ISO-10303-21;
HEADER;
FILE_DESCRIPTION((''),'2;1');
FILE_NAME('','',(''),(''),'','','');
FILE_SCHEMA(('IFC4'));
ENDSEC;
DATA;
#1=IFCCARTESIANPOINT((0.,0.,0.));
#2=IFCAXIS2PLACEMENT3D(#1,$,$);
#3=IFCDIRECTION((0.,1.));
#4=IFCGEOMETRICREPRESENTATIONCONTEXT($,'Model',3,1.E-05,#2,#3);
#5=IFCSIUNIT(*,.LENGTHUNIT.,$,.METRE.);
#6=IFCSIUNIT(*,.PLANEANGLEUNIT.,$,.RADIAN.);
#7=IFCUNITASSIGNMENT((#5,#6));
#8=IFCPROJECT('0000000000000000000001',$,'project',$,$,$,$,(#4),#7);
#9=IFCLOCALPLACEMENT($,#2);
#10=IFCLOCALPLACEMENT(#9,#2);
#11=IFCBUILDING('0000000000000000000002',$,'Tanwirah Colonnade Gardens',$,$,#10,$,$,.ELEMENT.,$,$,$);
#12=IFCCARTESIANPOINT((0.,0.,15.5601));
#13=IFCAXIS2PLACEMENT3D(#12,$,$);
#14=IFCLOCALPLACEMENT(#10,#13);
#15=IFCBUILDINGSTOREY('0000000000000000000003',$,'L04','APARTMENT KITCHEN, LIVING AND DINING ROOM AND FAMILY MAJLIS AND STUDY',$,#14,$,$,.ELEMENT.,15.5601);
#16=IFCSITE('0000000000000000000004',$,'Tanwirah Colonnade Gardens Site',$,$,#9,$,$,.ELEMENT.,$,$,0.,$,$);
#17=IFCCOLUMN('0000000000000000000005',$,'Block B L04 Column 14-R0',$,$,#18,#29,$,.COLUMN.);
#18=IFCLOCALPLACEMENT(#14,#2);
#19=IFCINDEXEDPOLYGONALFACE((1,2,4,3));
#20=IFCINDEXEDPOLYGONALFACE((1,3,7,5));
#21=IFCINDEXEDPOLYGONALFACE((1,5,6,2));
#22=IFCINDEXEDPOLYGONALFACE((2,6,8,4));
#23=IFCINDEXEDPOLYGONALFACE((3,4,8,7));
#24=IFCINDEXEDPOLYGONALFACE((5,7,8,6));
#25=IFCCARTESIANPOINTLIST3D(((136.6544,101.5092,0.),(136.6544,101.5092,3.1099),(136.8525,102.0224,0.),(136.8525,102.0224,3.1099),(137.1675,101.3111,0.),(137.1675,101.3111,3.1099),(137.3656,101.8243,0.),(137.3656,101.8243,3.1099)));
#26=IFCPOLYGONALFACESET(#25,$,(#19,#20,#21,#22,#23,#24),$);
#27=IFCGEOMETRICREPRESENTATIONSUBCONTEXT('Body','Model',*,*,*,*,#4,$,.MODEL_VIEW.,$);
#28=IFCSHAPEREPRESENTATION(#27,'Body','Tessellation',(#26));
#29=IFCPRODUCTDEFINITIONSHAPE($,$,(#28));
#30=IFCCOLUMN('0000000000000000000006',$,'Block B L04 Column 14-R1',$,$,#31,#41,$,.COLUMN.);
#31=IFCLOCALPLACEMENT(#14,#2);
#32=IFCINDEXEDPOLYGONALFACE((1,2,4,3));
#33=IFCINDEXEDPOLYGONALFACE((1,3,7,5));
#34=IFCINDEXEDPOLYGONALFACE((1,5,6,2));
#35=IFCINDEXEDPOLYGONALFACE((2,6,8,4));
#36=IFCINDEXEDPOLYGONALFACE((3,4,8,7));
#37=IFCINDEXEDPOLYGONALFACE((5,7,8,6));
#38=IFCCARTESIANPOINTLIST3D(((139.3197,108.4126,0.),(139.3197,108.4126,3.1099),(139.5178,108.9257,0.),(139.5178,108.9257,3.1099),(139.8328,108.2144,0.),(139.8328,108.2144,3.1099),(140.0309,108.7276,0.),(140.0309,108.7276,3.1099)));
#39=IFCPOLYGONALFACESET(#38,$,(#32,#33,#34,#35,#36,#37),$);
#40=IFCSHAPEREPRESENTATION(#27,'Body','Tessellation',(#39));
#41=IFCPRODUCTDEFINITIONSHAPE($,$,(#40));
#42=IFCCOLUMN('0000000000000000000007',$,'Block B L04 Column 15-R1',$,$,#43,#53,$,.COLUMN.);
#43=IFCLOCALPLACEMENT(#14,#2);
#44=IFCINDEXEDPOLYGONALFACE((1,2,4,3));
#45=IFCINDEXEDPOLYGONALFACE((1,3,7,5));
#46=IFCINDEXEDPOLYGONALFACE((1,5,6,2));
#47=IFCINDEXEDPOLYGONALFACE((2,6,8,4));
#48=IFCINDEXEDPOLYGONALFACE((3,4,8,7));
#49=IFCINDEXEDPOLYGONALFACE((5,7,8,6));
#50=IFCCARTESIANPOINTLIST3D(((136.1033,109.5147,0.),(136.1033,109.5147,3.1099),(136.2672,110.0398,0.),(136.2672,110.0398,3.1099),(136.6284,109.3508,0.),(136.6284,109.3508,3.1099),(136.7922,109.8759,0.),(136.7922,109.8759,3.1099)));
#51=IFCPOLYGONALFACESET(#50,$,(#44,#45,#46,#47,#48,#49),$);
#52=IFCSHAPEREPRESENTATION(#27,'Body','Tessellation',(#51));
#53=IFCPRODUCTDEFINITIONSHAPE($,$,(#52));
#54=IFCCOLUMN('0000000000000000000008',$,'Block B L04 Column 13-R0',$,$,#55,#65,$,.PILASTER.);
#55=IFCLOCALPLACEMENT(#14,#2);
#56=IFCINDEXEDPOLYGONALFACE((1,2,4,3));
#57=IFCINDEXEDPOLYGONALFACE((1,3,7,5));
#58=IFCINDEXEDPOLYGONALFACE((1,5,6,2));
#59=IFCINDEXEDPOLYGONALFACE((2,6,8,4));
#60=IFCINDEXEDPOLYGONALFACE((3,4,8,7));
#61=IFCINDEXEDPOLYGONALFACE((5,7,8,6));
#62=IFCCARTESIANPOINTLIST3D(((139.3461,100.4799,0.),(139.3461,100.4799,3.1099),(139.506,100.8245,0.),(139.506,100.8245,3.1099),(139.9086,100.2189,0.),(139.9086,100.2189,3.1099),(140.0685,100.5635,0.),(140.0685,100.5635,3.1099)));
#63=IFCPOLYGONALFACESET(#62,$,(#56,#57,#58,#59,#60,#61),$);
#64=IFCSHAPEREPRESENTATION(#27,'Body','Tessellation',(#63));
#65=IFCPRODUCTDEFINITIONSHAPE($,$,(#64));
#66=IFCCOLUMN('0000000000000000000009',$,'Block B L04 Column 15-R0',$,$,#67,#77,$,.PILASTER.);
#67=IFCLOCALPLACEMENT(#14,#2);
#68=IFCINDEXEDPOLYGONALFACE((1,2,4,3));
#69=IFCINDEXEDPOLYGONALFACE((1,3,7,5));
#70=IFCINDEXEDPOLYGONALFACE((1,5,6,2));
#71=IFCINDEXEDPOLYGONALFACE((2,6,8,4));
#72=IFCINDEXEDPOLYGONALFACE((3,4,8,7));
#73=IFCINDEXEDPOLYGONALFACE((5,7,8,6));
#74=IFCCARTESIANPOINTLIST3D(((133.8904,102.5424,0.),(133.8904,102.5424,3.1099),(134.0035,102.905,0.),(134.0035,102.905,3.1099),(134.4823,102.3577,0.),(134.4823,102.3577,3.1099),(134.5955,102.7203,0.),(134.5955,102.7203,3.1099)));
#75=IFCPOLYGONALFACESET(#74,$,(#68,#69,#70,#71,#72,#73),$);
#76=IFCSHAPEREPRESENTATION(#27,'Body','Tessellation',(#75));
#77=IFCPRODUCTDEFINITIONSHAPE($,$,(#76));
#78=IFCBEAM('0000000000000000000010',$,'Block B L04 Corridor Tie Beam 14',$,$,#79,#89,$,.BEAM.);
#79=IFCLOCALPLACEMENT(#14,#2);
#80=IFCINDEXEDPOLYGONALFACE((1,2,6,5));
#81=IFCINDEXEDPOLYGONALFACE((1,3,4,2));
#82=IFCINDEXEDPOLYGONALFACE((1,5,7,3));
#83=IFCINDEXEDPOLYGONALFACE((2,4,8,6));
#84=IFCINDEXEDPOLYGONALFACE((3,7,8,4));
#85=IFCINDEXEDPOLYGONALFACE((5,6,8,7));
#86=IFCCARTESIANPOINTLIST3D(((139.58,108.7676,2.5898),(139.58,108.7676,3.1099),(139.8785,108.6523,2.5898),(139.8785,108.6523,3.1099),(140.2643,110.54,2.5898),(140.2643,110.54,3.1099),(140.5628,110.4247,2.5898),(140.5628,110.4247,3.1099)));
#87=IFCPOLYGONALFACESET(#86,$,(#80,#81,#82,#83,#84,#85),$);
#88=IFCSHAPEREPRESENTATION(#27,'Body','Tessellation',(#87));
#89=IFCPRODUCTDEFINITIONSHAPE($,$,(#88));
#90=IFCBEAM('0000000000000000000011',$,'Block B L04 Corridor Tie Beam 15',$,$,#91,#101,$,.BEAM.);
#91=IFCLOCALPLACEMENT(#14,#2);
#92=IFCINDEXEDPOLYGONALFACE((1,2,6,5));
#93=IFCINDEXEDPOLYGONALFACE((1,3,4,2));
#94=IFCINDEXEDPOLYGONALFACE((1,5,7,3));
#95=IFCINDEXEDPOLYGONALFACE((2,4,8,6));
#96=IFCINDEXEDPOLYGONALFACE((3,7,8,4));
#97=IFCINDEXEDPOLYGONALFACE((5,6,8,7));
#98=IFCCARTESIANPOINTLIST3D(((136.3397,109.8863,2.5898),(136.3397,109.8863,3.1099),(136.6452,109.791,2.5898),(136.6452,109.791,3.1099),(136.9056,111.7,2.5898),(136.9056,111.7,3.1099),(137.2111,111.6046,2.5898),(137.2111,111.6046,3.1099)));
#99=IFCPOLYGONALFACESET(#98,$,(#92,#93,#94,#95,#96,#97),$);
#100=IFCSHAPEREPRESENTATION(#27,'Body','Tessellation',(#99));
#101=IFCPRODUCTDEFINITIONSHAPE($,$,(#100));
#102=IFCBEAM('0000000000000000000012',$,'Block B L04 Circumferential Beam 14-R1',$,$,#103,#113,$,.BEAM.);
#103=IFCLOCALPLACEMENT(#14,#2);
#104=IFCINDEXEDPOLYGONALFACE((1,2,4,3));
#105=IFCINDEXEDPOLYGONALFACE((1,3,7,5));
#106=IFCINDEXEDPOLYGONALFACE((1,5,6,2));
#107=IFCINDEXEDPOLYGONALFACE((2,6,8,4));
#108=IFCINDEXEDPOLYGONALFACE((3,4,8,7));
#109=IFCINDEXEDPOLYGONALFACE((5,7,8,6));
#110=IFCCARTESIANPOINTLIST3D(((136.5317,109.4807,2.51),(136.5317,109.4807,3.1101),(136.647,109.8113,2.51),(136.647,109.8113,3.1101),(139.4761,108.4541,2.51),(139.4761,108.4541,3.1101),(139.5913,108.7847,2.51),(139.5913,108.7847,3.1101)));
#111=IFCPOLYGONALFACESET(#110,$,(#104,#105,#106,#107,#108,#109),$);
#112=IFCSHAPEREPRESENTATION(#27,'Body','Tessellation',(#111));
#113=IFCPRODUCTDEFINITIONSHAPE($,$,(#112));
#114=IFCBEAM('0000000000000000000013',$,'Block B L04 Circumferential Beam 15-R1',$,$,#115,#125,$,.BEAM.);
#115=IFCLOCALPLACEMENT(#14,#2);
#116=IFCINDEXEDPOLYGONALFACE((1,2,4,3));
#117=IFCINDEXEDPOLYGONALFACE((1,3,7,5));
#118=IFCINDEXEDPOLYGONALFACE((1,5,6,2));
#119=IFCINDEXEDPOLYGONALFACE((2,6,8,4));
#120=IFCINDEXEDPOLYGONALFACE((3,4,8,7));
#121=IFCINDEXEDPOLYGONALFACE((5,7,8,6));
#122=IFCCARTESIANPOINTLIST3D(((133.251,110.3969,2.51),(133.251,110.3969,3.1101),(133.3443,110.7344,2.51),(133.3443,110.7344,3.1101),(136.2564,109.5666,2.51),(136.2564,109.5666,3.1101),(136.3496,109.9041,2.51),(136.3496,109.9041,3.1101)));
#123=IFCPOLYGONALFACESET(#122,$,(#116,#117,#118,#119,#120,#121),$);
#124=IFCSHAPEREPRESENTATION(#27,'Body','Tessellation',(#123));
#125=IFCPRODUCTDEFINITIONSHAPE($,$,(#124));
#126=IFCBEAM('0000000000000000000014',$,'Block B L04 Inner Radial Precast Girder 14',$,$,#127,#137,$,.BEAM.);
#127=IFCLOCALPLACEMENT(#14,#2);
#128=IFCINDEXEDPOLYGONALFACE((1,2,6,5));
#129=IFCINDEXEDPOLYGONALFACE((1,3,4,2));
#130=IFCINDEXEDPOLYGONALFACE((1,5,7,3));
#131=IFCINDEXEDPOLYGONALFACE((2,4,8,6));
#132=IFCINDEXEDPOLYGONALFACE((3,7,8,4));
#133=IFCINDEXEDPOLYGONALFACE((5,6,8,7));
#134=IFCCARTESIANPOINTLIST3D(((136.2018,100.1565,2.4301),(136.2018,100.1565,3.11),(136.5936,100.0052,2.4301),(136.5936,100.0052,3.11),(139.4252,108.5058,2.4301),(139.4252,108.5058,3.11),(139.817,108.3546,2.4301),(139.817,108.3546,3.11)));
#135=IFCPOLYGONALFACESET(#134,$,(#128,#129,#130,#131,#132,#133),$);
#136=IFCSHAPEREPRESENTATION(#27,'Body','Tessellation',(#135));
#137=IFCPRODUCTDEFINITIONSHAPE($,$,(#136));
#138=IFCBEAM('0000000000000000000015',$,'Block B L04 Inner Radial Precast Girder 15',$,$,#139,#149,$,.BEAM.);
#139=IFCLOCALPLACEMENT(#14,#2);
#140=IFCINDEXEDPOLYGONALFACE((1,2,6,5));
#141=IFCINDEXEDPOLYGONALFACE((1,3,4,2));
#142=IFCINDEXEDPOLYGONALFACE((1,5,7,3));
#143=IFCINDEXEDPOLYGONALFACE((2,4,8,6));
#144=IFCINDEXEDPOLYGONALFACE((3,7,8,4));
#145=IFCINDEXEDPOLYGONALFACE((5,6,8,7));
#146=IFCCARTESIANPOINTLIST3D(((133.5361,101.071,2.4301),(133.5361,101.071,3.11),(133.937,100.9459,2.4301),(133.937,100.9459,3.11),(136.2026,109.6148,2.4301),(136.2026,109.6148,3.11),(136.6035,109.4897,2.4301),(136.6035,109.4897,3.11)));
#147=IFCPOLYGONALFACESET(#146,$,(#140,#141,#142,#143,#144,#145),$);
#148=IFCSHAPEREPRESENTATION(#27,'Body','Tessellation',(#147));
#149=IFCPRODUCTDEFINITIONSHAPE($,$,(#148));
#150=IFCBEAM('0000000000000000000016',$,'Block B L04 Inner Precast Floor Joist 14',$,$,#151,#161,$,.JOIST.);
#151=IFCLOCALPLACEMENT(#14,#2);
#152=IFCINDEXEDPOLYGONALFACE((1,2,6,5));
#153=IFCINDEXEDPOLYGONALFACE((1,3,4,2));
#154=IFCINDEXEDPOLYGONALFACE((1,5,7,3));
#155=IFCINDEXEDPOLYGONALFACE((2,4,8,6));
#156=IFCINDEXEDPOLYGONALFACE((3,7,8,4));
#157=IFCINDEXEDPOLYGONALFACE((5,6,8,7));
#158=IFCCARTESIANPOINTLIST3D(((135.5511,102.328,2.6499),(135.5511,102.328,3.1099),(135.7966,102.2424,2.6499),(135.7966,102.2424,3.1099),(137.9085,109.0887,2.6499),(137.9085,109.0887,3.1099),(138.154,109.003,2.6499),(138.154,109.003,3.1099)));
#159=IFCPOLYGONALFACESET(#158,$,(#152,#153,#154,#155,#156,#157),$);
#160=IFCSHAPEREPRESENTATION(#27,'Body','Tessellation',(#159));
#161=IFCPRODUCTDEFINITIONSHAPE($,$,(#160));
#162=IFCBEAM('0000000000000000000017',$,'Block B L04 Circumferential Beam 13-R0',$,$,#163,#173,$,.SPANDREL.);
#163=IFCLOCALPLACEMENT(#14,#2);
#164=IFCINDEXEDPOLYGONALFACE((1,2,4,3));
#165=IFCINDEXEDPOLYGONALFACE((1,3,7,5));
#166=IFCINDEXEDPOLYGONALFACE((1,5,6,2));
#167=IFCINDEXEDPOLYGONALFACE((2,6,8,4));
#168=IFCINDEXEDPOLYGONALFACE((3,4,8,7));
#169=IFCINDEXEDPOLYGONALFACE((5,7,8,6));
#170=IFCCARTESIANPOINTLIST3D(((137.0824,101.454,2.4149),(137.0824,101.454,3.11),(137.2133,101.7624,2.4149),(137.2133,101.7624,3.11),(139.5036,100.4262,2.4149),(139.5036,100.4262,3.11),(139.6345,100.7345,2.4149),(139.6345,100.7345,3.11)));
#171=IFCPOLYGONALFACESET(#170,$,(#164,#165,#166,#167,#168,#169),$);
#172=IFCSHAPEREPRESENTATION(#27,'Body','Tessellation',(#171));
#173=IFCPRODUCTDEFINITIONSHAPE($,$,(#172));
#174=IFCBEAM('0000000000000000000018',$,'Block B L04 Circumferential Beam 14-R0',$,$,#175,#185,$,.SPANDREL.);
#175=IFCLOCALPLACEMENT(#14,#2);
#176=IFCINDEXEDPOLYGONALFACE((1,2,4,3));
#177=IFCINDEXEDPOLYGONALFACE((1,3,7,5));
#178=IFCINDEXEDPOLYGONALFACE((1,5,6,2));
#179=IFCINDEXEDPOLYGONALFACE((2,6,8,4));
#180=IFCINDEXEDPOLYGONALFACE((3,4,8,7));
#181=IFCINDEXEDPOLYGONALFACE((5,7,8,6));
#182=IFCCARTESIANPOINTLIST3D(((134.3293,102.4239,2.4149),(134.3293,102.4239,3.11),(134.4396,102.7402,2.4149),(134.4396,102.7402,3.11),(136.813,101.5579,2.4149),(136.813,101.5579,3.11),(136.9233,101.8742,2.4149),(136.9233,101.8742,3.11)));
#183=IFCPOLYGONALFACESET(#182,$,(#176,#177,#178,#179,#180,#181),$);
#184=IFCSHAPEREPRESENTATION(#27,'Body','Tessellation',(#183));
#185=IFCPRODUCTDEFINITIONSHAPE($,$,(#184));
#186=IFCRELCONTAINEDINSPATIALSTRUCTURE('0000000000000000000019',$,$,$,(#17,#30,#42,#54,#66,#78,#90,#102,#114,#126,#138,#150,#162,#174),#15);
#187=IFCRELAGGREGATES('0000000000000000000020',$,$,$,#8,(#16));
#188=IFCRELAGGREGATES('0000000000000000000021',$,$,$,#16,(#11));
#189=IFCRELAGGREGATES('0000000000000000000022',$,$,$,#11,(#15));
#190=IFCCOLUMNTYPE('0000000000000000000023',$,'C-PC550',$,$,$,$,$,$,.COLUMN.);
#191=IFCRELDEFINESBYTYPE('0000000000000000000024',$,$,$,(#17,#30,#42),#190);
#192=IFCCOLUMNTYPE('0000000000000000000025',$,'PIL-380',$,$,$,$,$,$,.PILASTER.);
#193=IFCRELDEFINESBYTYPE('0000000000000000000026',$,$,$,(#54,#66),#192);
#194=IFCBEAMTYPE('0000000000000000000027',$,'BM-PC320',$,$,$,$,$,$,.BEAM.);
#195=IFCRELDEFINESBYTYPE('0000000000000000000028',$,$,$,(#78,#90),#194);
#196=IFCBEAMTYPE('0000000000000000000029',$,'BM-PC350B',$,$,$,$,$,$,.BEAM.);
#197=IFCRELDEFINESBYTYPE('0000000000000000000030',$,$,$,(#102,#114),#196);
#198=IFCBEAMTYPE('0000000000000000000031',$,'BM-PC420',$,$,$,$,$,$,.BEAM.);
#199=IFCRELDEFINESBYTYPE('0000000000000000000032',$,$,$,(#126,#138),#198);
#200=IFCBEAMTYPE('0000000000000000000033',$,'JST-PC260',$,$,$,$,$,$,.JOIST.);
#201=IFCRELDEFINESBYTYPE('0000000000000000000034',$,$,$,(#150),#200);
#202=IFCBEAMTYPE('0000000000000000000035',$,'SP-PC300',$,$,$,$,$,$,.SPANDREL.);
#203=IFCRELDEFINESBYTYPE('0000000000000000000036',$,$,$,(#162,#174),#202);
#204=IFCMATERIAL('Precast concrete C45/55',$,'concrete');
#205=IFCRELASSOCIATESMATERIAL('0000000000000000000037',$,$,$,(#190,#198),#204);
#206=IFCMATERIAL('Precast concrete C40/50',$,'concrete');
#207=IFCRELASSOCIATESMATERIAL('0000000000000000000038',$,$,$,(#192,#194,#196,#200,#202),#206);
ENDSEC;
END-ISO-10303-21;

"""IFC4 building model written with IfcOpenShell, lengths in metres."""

from ifc_helpers import new_model, si_unit, direction, frame, origin, origin_2d, place, context, subcontext, project, spatial, rectangle, extrude, material, material_profile, profile_set, type_object, element, save


model = new_model("IFC4")

# Units and contexts
model_context = context("Model", 3, precision=1e-05, world=origin(), true_north=direction((0.0, 1.0)))
body_context = subcontext(model_context, "Body", "Model", "MODEL_VIEW")
ifc_project = project(units=[si_unit("LENGTHUNIT", "METRE"), si_unit("PLANEANGLEUNIT", "RADIAN")], contexts=[model_context])

# Site, building, storey
site_placement = place(None, origin())
site = spatial("IfcSite", under=ifc_project, at=site_placement, Name="Tanwirah Colonnade Gardens Site", CompositionType="ELEMENT", RefElevation=0.0)
building_placement = place(site_placement, origin())
building = spatial("IfcBuilding", under=site, at=building_placement, Name="Tanwirah Colonnade Gardens", CompositionType="ELEMENT")
storey_placement = place(building_placement, frame((0.0, 0.0, 15.5601)))
storey = spatial("IfcBuildingStorey", under=building, at=storey_placement, Name="L04", Description="APARTMENT KITCHEN, LIVING AND DINING ROOM AND FAMILY MAJLIS AND STUDY", CompositionType="ELEMENT", Elevation=15.5601)

# Columns
ifc_material_1 = material(Name="Precast concrete C45/55", Category="concrete")
ifc_material_profile_1 = material_profile(ifc_material_1, rectangle(XDim=0.55, YDim=0.55, at=origin_2d()), Name="PC-COL 550x550")
ifc_profile_set_1 = profile_set([ifc_material_profile_1], Name="Precast concrete C45/55")
column_type_1 = type_object("IfcColumnType", Name="C-PC550", PredefinedType="COLUMN", material=ifc_profile_set_1)
for number, where, z_axis, x_axis, name in (
    (1, (137.01, 101.6667, 0.0), (0.0, 0.0, 1.0), (0.360178, 0.932884, 0.0), "Block B L04 Column 14-R0"),
    (2, (139.6753, 108.5701, 0.0), (0.0, 0.0, 1.0), (0.360178, 0.932884, 0.0), "Block B L04 Column 14-R1"),
    (3, (136.4478, 109.6953, 0.0), (0.0, 0.0, 1.0), (0.29793, 0.954588, 0.0), "Block B L04 Column 15-R1"),
):
    element("IfcColumn", number, at=place(storey_placement, frame(where, z_axis=z_axis, x_axis=x_axis)), inside=storey, type_object=column_type_1, Name=name, PredefinedType="COLUMN", context=body_context, shape_type="SweptSolid", body=[
        extrude(rectangle(XDim=0.55, YDim=0.55, at=origin_2d()), origin(), (0.0, 0.0, 1.0), 3.1099),
    ])
ifc_material_2 = material(Name="Precast concrete C40/50", Category="concrete")
ifc_material_profile_2 = material_profile(ifc_material_2, rectangle(XDim=0.3799, YDim=0.6201, at=origin_2d()), Name="PC-PIL 380x620")
ifc_profile_set_2 = profile_set([ifc_material_profile_2], Name="Precast concrete C40/50")
column_type_2 = type_object("IfcColumnType", Name="PIL-380", PredefinedType="PILASTER", material=ifc_profile_set_2)
for number, where, z_axis, x_axis, name in (
    (4, (139.7073, 100.5217, 0.0), (0.0, 0.0, 1.0), (0.42086, 0.907126, 0.0), "Block B L04 Column 13-R0"),
    (5, (134.2429, 102.6313, 0.0), (0.0, 0.0, 1.0), (0.29793, 0.954588, 0.0), "Block B L04 Column 15-R0"),
):
    element("IfcColumn", number, at=place(storey_placement, frame(where, z_axis=z_axis, x_axis=x_axis)), inside=storey, type_object=column_type_2, Name=name, PredefinedType="PILASTER", context=body_context, shape_type="SweptSolid", body=[
        extrude(rectangle(XDim=0.3799, YDim=0.6201, at=origin_2d()), origin(), (0.0, 0.0, 1.0), 3.1099),
    ])

# Beams
ifc_material_profile_3 = material_profile(ifc_material_2, rectangle(XDim=0.3201, YDim=0.52, at=origin_2d()), Name="PC-BM 320x520")
ifc_profile_set_3 = profile_set([ifc_material_profile_3], Name="Precast concrete C40/50")
beam_type_1 = type_object("IfcBeamType", Name="BM-PC320", PredefinedType="BEAM", material=ifc_profile_set_3)
for number, where, z_axis, x_axis, name in (
    (6, (139.7292, 108.71, 2.8499), (0.360176, 0.932885, 0.0), (-0.932885, 0.360176, 0.0), "Block B L04 Corridor Tie Beam 14"),
    (7, (136.4924, 109.8386, 2.8499), (0.297858, 0.95461, 0.0), (-0.95461, 0.297858, 0.0), "Block B L04 Corridor Tie Beam 15"),
):
    element("IfcBeam", number, at=place(storey_placement, frame(where, z_axis=z_axis, x_axis=x_axis)), inside=storey, type_object=beam_type_1, Name=name, PredefinedType="BEAM", context=body_context, shape_type="SweptSolid", body=[
        extrude(rectangle(XDim=0.3201, YDim=0.52, at=origin_2d()), origin(), (0.0, 0.0, 1.0), 1.8999),
    ])
ifc_material_profile_4 = material_profile(ifc_material_2, rectangle(XDim=0.3501, YDim=0.6001, at=origin_2d()), Name="PC-BM 350x600")
ifc_profile_set_4 = profile_set([ifc_material_profile_4], Name="Precast concrete C40/50")
beam_type_2 = type_object("IfcBeamType", Name="BM-PC350B", PredefinedType="BEAM", material=ifc_profile_set_4)
beam_1_placement = place(storey_placement, frame((139.5337, 108.6194, 2.8101), z_axis=(-0.944248, 0.329234, 0.0), x_axis=(-0.329234, -0.944248, 0.0)))
element("IfcBeam", 8, at=beam_1_placement, inside=storey, type_object=beam_type_2, Name="Block B L04 Circumferential Beam 14-R1", PredefinedType="BEAM", context=body_context, shape_type="SweptSolid", body=[
    extrude(rectangle(XDim=0.3501, YDim=0.6001, at=origin_2d()), origin(), (0.0, 0.0, 1.0), 3.1182),
])
beam_2_placement = place(storey_placement, frame((136.303, 109.7354, 2.8101), z_axis=(-0.963889, 0.266303, 0.0), x_axis=(-0.266303, -0.963889, 0.0)))
element("IfcBeam", 9, at=beam_2_placement, inside=storey, type_object=beam_type_2, Name="Block B L04 Circumferential Beam 15-R1", PredefinedType="BEAM", context=body_context, shape_type="SweptSolid", body=[
    extrude(rectangle(XDim=0.3501, YDim=0.6001, at=origin_2d()), origin(), (0.0, 0.0, 1.0), 3.1179),
])
ifc_material_profile_5 = material_profile(ifc_material_1, rectangle(XDim=0.4199, YDim=0.6799, at=origin_2d()), Name="PC-BM 420x680")
ifc_profile_set_5 = profile_set([ifc_material_profile_5], Name="Precast concrete C45/55")
beam_type_3 = type_object("IfcBeamType", Name="BM-PC420", PredefinedType="BEAM", material=ifc_profile_set_5)
beam_3_placement = place(storey_placement, frame((139.6211, 108.4302, 2.77), z_axis=(-0.360156, -0.932892, 0.0), x_axis=(0.932892, -0.360156, 0.0)))
element("IfcBeam", 10, at=beam_3_placement, inside=storey, type_object=beam_type_3, Name="Block B L04 Inner Radial Precast Girder 14", PredefinedType="BEAM", context=body_context, shape_type="SweptSolid", body=[
    extrude(rectangle(XDim=0.4199, YDim=0.6799, at=origin_2d()), origin(), (0.0, 0.0, 1.0), 8.95),
])
beam_4_placement = place(storey_placement, frame((136.4031, 109.5522, 2.77), z_axis=(-0.297929, -0.954588, 0.0), x_axis=(0.954588, -0.297929, 0.0)))
element("IfcBeam", 11, at=beam_4_placement, inside=storey, type_object=beam_type_3, Name="Block B L04 Inner Radial Precast Girder 15", PredefinedType="BEAM", context=body_context, shape_type="SweptSolid", body=[
    extrude(rectangle(XDim=0.4199, YDim=0.6799, at=origin_2d()), origin(), (0.0, 0.0, 1.0), 8.9502),
])
ifc_material_profile_6 = material_profile(ifc_material_2, rectangle(XDim=0.26, YDim=0.46, at=origin_2d()), Name="PC-JST 260x460")
ifc_profile_set_6 = profile_set([ifc_material_profile_6], Name="Precast concrete C40/50")
beam_type_4 = type_object("IfcBeamType", Name="JST-PC260", PredefinedType="JOIST", material=ifc_profile_set_6)
beam_5_placement = place(storey_placement, frame((135.6738, 102.2852, 2.8799), z_axis=(0.329251, 0.944243, 0.0), x_axis=(-0.944243, 0.329251, 0.0)))
element("IfcBeam", 12, at=beam_5_placement, inside=storey, type_object=beam_type_4, Name="Block B L04 Inner Precast Floor Joist 14", PredefinedType="JOIST", context=body_context, shape_type="SweptSolid", body=[
    extrude(rectangle(XDim=0.26, YDim=0.46, at=origin_2d()), origin(), (0.0, 0.0, 1.0), 7.1599),
])
ifc_material_profile_7 = material_profile(ifc_material_2, rectangle(XDim=0.335, YDim=0.6951, at=origin_2d()), Name="PC-SP 335x695")
ifc_profile_set_7 = profile_set([ifc_material_profile_7], Name="Precast concrete C40/50")
beam_type_5 = type_object("IfcBeamType", Name="SP-PC300", PredefinedType="SPANDREL", material=ifc_profile_set_7)
for number, where, z_axis, x_axis, name in (
    (13, (139.5691, 100.5803, 2.7625), (-0.920489, 0.390769, 0.0), (-0.390769, -0.920489, 0.0), "Block B L04 Circumferential Beam 13-R0"),
    (14, (136.8682, 101.7161, 2.7625), (-0.94425, 0.32923, 0.0), (-0.32923, -0.94425, 0.0), "Block B L04 Circumferential Beam 14-R0"),
):
    element("IfcBeam", number, at=place(storey_placement, frame(where, z_axis=z_axis, x_axis=x_axis)), inside=storey, type_object=beam_type_5, Name=name, PredefinedType="SPANDREL", context=body_context, shape_type="SweptSolid", body=[
        extrude(rectangle(XDim=0.335, YDim=0.6951, at=origin_2d()), origin(), (0.0, 0.0, 1.0), 2.6304),
    ])

save(model, "model.ifc")
